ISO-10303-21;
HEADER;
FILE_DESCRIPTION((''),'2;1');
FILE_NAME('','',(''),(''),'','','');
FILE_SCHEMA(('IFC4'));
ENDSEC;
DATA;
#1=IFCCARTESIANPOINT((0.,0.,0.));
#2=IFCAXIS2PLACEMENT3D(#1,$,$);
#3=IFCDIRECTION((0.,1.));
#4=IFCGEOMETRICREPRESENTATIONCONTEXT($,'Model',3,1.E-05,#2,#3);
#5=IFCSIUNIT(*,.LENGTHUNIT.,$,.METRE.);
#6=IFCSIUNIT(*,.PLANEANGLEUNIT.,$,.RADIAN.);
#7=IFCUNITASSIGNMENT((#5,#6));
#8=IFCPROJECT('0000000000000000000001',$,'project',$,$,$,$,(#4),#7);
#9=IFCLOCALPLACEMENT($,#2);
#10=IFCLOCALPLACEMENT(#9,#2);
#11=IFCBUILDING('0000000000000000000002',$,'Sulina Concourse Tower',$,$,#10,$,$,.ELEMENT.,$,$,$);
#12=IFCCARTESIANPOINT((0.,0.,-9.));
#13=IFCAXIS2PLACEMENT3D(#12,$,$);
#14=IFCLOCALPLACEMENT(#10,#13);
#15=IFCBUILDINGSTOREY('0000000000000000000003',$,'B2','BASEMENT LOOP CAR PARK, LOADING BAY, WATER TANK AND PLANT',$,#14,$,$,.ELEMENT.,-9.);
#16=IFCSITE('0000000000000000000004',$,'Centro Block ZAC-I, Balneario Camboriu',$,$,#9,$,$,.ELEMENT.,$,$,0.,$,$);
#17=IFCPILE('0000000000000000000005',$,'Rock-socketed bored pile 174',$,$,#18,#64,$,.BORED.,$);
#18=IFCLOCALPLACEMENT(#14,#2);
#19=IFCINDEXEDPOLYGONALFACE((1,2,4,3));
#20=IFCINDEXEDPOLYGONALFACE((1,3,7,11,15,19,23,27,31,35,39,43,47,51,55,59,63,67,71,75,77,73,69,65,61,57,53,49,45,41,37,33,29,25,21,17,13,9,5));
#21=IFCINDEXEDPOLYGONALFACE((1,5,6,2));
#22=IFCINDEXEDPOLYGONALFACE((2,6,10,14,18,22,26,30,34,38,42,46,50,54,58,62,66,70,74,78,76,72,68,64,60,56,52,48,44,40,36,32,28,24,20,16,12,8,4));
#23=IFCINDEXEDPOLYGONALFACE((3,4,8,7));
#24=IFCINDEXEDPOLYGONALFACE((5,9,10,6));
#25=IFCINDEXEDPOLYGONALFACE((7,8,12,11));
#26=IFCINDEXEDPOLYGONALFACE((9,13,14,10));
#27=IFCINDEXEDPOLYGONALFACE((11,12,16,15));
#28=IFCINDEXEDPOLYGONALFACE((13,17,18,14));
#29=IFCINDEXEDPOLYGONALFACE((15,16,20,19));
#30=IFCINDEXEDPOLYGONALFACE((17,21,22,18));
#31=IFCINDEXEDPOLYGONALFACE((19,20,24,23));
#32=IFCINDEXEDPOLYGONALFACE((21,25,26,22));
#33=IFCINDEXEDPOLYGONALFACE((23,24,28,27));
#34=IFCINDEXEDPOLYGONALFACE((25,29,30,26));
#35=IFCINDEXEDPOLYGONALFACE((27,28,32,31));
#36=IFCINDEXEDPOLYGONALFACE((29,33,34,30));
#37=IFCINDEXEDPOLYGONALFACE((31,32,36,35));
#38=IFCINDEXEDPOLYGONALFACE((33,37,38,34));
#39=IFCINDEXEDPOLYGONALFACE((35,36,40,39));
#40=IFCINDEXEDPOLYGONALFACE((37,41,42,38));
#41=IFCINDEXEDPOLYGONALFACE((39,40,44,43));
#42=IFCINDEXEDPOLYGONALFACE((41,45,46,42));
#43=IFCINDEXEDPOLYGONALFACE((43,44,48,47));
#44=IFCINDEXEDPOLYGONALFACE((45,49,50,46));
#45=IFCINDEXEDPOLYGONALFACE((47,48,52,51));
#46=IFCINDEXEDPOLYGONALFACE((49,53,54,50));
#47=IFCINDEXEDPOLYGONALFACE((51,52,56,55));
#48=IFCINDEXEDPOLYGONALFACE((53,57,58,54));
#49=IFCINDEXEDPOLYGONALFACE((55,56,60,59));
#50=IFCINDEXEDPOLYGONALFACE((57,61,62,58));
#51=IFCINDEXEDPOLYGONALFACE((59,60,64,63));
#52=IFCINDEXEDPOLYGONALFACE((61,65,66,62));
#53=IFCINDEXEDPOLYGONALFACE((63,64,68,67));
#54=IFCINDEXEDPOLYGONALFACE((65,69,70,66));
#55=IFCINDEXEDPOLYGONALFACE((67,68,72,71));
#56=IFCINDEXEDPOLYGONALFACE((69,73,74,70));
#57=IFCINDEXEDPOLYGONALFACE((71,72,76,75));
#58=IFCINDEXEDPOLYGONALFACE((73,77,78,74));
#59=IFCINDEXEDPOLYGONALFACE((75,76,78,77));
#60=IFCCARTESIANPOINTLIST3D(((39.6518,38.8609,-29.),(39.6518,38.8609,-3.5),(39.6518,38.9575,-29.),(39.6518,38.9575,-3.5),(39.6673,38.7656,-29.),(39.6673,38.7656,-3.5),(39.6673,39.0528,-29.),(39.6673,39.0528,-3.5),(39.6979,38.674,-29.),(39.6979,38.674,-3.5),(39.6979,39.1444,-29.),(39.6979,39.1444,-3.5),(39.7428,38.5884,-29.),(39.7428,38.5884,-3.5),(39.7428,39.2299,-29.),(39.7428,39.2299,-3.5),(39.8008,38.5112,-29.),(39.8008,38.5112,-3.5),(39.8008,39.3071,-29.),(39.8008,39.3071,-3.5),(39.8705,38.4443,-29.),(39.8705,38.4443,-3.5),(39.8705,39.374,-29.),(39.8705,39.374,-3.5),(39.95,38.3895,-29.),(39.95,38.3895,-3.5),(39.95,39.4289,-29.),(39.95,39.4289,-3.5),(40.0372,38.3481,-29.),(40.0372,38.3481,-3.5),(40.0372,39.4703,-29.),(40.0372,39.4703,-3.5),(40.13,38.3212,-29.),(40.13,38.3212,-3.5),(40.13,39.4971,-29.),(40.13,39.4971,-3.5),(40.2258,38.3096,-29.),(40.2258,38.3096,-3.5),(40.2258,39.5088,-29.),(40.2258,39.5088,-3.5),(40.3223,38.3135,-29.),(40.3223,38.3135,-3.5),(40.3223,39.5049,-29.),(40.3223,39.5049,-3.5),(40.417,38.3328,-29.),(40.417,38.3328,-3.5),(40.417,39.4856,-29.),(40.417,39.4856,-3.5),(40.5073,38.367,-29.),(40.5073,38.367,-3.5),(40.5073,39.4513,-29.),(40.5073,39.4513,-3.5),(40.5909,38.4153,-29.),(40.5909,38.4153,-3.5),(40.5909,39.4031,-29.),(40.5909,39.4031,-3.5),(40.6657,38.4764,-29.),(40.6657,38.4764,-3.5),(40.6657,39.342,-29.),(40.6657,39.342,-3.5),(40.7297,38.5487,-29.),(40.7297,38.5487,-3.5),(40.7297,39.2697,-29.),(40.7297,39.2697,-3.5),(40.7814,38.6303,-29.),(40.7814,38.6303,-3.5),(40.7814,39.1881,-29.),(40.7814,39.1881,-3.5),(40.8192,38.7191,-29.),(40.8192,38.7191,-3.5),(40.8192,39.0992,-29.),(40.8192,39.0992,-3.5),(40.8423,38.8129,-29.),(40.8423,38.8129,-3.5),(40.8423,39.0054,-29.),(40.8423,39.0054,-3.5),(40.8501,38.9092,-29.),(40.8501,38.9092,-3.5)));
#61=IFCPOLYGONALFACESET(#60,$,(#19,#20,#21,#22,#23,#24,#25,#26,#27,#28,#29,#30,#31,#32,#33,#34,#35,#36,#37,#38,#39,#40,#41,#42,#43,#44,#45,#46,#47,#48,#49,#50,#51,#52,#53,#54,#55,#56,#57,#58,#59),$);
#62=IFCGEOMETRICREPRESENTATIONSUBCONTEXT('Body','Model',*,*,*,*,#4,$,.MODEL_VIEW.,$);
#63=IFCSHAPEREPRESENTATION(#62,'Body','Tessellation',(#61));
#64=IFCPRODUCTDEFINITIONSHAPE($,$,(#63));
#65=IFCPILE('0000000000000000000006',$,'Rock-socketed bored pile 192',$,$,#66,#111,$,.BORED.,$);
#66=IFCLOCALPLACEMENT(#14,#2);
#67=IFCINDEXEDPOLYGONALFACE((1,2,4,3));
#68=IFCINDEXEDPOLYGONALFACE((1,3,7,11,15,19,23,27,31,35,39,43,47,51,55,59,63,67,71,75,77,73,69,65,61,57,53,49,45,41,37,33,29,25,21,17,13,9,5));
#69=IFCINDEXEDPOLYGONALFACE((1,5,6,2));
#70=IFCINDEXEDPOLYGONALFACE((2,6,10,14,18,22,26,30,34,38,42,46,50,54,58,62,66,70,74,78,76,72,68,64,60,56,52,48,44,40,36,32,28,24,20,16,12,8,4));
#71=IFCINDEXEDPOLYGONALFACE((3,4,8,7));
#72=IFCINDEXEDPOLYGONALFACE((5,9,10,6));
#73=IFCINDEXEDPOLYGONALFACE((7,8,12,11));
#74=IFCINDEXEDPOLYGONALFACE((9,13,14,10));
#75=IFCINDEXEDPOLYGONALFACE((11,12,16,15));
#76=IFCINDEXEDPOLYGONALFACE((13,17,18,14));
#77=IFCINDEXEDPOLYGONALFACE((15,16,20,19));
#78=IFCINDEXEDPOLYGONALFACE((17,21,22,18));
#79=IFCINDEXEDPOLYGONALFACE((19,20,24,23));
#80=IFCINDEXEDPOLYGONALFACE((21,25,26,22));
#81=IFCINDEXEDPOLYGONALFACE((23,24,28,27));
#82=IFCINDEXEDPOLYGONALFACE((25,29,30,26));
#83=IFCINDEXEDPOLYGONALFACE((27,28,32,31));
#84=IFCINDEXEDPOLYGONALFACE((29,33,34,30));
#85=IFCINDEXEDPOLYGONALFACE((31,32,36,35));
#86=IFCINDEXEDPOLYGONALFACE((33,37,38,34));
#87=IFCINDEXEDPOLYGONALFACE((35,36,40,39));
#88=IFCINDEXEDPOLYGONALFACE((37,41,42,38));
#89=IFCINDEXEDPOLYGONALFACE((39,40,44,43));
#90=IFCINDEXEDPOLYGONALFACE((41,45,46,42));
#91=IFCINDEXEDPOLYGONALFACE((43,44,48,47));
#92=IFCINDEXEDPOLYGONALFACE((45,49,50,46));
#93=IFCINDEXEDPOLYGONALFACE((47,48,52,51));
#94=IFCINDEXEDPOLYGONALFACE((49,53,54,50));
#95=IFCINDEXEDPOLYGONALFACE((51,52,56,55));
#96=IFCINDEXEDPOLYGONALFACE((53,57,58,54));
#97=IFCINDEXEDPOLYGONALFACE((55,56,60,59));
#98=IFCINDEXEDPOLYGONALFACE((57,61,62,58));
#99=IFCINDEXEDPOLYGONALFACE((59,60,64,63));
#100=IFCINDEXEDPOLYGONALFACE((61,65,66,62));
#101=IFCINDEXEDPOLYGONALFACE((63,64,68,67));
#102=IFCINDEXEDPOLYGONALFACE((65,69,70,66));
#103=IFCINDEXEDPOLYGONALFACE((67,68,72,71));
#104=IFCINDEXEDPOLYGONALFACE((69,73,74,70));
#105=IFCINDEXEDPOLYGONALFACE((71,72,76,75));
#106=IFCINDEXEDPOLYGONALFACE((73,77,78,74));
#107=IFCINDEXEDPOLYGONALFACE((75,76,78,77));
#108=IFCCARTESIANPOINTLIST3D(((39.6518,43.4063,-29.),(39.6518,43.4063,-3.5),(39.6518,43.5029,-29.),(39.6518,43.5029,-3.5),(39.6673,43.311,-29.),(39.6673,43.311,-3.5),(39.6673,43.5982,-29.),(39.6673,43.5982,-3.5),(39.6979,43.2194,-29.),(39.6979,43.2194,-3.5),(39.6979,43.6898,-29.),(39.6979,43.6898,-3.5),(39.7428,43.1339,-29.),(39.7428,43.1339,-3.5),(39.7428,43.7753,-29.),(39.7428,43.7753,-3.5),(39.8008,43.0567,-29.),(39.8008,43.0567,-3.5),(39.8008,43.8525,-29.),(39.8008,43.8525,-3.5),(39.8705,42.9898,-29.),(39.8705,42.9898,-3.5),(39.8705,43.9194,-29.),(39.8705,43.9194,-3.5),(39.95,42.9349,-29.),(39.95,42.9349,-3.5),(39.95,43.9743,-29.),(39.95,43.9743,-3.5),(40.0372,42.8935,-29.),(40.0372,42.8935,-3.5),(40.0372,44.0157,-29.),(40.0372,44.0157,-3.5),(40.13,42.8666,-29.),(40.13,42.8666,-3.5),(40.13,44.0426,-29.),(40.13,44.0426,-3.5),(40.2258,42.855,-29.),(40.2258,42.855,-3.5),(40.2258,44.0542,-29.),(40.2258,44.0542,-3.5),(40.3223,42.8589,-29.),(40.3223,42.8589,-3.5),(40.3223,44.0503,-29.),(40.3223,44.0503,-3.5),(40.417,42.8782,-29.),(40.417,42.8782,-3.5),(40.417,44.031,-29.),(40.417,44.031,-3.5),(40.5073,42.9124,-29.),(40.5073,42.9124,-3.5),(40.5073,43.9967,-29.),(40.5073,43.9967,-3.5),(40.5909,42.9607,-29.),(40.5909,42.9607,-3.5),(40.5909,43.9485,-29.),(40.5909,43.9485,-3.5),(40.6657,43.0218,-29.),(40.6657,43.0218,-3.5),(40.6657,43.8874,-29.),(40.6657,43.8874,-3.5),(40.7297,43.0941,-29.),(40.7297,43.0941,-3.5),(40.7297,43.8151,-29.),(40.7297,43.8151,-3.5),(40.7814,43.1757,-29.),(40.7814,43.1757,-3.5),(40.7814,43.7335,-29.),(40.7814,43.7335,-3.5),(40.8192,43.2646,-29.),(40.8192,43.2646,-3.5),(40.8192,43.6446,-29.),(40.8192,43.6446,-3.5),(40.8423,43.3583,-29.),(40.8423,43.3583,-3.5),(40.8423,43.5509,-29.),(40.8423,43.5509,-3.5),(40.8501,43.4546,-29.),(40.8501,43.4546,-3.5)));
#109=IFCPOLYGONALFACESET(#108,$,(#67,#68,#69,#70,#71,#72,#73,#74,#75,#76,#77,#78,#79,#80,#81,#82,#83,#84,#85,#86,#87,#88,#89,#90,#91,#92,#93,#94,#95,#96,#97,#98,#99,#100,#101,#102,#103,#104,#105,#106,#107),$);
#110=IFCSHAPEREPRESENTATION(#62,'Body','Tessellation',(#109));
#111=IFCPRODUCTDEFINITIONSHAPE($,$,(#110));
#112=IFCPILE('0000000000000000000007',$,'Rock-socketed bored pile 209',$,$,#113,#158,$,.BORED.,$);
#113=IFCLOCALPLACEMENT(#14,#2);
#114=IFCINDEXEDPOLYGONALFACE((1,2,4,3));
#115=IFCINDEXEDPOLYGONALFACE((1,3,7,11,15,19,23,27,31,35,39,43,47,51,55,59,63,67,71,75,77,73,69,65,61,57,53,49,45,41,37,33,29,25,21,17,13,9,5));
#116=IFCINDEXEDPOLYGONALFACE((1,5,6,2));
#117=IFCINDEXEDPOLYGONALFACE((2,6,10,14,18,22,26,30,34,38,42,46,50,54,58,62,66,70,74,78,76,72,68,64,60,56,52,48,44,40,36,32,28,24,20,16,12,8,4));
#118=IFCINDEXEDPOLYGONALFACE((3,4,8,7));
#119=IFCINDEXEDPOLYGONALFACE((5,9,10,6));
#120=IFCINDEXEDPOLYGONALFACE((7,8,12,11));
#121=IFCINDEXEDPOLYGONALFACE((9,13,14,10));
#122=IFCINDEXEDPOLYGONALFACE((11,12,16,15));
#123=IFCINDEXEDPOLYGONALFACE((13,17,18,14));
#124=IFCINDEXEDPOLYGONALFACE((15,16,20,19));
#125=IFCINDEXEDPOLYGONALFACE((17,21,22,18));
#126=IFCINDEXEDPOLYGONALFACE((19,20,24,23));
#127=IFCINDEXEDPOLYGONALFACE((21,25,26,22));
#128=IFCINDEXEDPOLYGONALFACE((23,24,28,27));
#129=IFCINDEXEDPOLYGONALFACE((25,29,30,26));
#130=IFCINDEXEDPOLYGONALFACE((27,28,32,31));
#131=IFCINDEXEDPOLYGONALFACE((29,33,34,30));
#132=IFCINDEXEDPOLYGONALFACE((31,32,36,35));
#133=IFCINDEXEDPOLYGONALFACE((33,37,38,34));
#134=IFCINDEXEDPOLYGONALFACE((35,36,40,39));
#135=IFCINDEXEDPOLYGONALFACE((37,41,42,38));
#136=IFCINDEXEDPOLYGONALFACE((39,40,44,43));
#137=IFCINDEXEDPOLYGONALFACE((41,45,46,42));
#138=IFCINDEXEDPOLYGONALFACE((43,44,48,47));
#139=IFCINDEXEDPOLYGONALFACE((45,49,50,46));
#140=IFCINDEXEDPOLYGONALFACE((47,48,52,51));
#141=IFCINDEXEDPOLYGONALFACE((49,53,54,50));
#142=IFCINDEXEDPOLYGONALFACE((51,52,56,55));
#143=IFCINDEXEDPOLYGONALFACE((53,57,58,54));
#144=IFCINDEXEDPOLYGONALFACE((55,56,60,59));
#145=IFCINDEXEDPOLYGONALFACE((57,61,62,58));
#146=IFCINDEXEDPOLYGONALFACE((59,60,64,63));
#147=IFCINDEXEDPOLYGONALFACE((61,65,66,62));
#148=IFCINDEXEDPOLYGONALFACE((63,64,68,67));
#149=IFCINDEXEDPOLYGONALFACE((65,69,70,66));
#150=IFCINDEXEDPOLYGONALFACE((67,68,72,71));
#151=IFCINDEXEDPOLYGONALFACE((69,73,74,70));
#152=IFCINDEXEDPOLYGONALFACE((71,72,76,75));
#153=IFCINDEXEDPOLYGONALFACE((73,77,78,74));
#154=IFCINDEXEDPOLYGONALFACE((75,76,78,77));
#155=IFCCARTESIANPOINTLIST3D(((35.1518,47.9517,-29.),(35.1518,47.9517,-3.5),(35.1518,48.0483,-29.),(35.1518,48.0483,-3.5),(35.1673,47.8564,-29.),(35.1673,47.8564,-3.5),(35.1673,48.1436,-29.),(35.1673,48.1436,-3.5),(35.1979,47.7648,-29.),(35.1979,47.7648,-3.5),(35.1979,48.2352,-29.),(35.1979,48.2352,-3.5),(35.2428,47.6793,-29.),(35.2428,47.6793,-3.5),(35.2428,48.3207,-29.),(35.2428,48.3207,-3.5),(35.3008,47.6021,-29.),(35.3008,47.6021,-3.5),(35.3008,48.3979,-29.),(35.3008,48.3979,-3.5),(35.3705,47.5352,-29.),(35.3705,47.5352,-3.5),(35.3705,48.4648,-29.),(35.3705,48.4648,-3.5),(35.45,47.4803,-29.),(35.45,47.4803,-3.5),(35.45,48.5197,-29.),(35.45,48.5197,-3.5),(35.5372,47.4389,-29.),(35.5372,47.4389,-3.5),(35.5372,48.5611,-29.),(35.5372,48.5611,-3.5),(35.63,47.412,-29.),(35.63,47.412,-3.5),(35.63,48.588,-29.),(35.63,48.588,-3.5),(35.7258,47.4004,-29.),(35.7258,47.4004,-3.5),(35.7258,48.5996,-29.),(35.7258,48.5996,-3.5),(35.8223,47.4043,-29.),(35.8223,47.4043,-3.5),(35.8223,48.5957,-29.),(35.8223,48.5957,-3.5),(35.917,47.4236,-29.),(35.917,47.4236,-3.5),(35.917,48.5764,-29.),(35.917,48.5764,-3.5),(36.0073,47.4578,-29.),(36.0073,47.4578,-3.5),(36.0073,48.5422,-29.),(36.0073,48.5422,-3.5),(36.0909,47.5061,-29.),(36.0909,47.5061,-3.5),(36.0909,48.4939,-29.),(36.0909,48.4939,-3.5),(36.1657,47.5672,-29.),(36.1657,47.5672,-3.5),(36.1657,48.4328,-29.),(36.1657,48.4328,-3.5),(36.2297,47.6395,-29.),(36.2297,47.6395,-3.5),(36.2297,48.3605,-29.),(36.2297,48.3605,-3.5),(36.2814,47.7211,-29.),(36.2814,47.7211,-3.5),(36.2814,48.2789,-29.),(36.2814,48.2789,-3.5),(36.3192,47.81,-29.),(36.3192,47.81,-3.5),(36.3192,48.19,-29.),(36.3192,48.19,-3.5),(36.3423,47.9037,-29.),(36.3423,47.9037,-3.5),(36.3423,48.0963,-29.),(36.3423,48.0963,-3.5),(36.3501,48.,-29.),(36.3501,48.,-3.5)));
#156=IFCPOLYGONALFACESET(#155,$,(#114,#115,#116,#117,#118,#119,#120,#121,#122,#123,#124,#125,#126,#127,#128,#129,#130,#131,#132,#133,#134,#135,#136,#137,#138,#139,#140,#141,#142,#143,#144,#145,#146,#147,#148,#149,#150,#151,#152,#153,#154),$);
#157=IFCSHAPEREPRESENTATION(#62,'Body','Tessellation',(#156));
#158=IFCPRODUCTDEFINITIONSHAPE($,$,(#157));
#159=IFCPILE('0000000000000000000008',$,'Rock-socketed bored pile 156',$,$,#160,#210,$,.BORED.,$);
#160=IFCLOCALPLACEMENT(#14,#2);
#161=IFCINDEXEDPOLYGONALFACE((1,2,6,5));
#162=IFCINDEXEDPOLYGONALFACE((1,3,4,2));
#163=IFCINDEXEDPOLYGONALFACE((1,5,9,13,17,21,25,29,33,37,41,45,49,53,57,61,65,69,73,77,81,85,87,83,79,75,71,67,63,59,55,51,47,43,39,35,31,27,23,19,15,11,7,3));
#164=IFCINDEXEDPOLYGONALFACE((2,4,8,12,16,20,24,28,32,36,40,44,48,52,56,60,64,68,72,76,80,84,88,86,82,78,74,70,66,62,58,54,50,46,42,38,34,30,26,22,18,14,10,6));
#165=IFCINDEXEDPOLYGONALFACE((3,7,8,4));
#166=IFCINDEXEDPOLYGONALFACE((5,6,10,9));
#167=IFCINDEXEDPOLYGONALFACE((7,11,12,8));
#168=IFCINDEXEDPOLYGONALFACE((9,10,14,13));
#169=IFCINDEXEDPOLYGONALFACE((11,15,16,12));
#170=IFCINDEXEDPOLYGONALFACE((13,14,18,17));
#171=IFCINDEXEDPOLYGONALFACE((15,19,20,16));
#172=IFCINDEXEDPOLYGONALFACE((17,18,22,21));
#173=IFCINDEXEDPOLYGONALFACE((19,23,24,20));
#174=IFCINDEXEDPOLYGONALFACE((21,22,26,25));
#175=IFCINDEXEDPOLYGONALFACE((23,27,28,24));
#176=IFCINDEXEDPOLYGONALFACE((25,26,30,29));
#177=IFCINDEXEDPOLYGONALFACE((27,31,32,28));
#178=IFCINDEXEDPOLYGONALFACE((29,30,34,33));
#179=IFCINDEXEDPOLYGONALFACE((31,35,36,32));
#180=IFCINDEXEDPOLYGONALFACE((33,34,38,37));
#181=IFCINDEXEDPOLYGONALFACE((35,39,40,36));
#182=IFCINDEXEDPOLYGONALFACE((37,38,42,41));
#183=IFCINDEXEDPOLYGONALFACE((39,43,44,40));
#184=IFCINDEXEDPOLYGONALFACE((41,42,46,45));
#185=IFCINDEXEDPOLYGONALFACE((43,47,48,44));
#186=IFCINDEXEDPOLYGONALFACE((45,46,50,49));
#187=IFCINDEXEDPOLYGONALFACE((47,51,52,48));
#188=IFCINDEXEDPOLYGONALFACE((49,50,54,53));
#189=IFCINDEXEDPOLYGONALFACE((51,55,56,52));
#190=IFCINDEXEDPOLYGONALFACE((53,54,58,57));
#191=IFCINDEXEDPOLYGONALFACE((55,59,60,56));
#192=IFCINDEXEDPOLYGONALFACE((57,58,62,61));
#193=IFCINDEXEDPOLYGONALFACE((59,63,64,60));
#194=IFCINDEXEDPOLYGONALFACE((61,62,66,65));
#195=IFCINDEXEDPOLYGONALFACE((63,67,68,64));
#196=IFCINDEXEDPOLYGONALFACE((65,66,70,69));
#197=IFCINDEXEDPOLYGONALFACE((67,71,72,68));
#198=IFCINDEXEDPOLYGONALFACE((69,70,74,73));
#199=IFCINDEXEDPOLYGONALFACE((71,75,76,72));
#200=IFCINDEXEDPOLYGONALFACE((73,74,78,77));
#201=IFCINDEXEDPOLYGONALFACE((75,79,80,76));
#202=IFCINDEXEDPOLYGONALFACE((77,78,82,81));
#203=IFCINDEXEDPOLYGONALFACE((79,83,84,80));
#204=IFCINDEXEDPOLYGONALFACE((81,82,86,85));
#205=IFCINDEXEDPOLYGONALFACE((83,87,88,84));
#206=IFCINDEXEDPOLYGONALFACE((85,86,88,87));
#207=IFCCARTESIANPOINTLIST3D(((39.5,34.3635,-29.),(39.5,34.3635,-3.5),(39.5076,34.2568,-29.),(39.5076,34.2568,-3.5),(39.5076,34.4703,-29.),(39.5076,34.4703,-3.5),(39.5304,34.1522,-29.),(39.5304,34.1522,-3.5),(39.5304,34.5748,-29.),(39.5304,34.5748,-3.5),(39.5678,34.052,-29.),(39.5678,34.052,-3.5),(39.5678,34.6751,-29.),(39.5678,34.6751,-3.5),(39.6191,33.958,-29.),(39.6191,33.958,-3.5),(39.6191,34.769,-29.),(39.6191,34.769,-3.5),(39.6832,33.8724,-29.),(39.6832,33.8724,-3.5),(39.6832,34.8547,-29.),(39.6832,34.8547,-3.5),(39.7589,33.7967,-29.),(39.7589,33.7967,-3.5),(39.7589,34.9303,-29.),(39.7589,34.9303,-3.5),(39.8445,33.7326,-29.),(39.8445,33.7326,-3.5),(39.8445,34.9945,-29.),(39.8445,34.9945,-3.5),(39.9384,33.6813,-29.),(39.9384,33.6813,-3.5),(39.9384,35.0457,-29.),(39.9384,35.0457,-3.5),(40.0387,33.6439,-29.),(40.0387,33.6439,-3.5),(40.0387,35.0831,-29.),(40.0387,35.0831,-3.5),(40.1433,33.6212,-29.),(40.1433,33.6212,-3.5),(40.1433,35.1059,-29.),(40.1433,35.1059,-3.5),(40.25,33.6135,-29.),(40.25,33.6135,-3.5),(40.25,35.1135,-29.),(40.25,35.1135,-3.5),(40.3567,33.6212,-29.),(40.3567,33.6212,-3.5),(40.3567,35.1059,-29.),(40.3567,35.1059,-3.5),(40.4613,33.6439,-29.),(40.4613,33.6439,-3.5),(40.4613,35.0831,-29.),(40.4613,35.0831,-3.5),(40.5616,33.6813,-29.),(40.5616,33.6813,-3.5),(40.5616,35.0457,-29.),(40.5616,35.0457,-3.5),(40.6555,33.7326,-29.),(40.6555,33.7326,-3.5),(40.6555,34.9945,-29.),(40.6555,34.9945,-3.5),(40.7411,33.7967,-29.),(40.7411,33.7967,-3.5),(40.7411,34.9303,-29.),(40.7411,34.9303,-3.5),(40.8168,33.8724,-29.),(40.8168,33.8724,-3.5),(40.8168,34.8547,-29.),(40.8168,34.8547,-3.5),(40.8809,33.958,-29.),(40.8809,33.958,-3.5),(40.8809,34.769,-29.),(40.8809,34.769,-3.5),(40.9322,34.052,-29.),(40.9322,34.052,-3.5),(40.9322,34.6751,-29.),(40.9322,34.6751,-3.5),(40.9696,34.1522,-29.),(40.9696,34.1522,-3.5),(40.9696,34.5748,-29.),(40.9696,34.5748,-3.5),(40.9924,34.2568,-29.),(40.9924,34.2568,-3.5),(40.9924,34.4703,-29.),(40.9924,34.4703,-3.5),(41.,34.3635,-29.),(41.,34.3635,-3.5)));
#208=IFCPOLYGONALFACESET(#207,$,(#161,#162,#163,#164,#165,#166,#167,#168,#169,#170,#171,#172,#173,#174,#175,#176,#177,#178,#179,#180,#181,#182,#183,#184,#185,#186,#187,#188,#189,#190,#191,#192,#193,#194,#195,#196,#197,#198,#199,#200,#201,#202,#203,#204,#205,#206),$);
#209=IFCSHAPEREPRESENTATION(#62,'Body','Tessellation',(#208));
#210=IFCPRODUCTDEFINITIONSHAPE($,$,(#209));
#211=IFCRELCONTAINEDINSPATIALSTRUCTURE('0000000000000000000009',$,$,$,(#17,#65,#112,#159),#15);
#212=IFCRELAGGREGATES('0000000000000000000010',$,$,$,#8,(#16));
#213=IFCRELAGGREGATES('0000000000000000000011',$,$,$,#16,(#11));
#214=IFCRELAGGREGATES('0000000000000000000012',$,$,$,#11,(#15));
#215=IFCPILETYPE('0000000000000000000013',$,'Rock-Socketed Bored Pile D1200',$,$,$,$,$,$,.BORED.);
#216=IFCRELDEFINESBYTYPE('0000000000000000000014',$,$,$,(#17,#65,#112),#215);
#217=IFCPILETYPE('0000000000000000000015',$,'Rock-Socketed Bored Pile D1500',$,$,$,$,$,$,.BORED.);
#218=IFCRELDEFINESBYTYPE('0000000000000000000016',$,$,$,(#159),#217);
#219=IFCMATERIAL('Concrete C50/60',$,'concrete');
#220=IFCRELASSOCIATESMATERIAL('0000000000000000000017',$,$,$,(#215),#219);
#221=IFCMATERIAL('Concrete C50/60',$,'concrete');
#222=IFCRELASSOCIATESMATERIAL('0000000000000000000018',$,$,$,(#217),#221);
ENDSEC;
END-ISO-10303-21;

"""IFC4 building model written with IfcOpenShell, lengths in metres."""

from ifc_helpers import new_model, si_unit, direction, frame, origin, origin_2d, place, context, subcontext, project, spatial, circle, extrude, material, material_profile, profile_set, type_object, element, save


model = new_model("IFC4")

# Units and contexts
model_context = context("Model", 3, precision=1e-05, world=origin(), true_north=direction((0.0, 1.0)))
body_context = subcontext(model_context, "Body", "Model", "MODEL_VIEW")
ifc_project = project(units=[si_unit("LENGTHUNIT", "METRE"), si_unit("PLANEANGLEUNIT", "RADIAN")], contexts=[model_context])

# Site, building, storey
site_placement = place(None, origin())
site = spatial("IfcSite", under=ifc_project, at=site_placement, Name="Centro Block ZAC-I, Balneario Camboriu", CompositionType="ELEMENT", RefElevation=0.0)
building_placement = place(site_placement, origin())
building = spatial("IfcBuilding", under=site, at=building_placement, Name="Sulina Concourse Tower", CompositionType="ELEMENT")
storey_placement = place(building_placement, frame((0.0, 0.0, -9.0)))
storey = spatial("IfcBuildingStorey", under=building, at=storey_placement, Name="B2", Description="BASEMENT LOOP CAR PARK, LOADING BAY, WATER TANK AND PLANT", CompositionType="ELEMENT", Elevation=-9.0)

# Piles
ifc_material_1 = material(Name="Concrete C50/60", Category="concrete")
ifc_material_profile_1 = material_profile(ifc_material_1, circle(Radius=0.6001, at=origin_2d()), Name="PILE D1200")
ifc_profile_set_1 = profile_set([ifc_material_profile_1], Name="Concrete C50/60")
pile_type_1 = type_object("IfcPileType", Name="Rock-Socketed Bored Pile D1200", PredefinedType="BORED", material=ifc_profile_set_1)
for number, where, z_axis, x_axis, name in (
    (1, (40.25, 38.9092, -3.5), (0.0, 0.0, -1.0), (1.0, 0.0, 0.0), "Rock-socketed bored pile 174"),
    (2, (40.25, 43.4546, -3.5), (0.0, 0.0, -1.0), (1.0, 0.0, 0.0), "Rock-socketed bored pile 192"),
    (3, (35.75, 48.0, -3.5), (0.0, 0.0, -1.0), (1.0, 0.0, 0.0), "Rock-socketed bored pile 209"),
):
    element("IfcPile", number, at=place(storey_placement, frame(where, z_axis=z_axis, x_axis=x_axis)), inside=storey, type_object=pile_type_1, Name=name, PredefinedType="BORED", context=body_context, shape_type="SweptSolid", body=[
        extrude(circle(Radius=0.6001, at=origin_2d()), origin(), (0.0, 0.0, 1.0), 25.5),
    ])
ifc_material_2 = material(Name="Concrete C50/60", Category="concrete")
ifc_material_profile_2 = material_profile(ifc_material_2, circle(Radius=0.75, at=origin_2d()), Name="PILE D1500")
ifc_profile_set_2 = profile_set([ifc_material_profile_2], Name="Concrete C50/60")
pile_type_2 = type_object("IfcPileType", Name="Rock-Socketed Bored Pile D1500", PredefinedType="BORED", material=ifc_profile_set_2)
for number, where, z_axis, x_axis, name in (
    (4, (40.25, 34.3635, -3.5), (0.0, 0.0, -1.0), (1.0, 0.0, 0.0), "Rock-socketed bored pile 156"),
):
    element("IfcPile", number, at=place(storey_placement, frame(where, z_axis=z_axis, x_axis=x_axis)), inside=storey, type_object=pile_type_2, Name=name, PredefinedType="BORED", context=body_context, shape_type="SweptSolid", body=[
        extrude(circle(Radius=0.75, at=origin_2d()), origin(), (0.0, 0.0, 1.0), 25.5),
    ])

save(model, "model.ifc")
